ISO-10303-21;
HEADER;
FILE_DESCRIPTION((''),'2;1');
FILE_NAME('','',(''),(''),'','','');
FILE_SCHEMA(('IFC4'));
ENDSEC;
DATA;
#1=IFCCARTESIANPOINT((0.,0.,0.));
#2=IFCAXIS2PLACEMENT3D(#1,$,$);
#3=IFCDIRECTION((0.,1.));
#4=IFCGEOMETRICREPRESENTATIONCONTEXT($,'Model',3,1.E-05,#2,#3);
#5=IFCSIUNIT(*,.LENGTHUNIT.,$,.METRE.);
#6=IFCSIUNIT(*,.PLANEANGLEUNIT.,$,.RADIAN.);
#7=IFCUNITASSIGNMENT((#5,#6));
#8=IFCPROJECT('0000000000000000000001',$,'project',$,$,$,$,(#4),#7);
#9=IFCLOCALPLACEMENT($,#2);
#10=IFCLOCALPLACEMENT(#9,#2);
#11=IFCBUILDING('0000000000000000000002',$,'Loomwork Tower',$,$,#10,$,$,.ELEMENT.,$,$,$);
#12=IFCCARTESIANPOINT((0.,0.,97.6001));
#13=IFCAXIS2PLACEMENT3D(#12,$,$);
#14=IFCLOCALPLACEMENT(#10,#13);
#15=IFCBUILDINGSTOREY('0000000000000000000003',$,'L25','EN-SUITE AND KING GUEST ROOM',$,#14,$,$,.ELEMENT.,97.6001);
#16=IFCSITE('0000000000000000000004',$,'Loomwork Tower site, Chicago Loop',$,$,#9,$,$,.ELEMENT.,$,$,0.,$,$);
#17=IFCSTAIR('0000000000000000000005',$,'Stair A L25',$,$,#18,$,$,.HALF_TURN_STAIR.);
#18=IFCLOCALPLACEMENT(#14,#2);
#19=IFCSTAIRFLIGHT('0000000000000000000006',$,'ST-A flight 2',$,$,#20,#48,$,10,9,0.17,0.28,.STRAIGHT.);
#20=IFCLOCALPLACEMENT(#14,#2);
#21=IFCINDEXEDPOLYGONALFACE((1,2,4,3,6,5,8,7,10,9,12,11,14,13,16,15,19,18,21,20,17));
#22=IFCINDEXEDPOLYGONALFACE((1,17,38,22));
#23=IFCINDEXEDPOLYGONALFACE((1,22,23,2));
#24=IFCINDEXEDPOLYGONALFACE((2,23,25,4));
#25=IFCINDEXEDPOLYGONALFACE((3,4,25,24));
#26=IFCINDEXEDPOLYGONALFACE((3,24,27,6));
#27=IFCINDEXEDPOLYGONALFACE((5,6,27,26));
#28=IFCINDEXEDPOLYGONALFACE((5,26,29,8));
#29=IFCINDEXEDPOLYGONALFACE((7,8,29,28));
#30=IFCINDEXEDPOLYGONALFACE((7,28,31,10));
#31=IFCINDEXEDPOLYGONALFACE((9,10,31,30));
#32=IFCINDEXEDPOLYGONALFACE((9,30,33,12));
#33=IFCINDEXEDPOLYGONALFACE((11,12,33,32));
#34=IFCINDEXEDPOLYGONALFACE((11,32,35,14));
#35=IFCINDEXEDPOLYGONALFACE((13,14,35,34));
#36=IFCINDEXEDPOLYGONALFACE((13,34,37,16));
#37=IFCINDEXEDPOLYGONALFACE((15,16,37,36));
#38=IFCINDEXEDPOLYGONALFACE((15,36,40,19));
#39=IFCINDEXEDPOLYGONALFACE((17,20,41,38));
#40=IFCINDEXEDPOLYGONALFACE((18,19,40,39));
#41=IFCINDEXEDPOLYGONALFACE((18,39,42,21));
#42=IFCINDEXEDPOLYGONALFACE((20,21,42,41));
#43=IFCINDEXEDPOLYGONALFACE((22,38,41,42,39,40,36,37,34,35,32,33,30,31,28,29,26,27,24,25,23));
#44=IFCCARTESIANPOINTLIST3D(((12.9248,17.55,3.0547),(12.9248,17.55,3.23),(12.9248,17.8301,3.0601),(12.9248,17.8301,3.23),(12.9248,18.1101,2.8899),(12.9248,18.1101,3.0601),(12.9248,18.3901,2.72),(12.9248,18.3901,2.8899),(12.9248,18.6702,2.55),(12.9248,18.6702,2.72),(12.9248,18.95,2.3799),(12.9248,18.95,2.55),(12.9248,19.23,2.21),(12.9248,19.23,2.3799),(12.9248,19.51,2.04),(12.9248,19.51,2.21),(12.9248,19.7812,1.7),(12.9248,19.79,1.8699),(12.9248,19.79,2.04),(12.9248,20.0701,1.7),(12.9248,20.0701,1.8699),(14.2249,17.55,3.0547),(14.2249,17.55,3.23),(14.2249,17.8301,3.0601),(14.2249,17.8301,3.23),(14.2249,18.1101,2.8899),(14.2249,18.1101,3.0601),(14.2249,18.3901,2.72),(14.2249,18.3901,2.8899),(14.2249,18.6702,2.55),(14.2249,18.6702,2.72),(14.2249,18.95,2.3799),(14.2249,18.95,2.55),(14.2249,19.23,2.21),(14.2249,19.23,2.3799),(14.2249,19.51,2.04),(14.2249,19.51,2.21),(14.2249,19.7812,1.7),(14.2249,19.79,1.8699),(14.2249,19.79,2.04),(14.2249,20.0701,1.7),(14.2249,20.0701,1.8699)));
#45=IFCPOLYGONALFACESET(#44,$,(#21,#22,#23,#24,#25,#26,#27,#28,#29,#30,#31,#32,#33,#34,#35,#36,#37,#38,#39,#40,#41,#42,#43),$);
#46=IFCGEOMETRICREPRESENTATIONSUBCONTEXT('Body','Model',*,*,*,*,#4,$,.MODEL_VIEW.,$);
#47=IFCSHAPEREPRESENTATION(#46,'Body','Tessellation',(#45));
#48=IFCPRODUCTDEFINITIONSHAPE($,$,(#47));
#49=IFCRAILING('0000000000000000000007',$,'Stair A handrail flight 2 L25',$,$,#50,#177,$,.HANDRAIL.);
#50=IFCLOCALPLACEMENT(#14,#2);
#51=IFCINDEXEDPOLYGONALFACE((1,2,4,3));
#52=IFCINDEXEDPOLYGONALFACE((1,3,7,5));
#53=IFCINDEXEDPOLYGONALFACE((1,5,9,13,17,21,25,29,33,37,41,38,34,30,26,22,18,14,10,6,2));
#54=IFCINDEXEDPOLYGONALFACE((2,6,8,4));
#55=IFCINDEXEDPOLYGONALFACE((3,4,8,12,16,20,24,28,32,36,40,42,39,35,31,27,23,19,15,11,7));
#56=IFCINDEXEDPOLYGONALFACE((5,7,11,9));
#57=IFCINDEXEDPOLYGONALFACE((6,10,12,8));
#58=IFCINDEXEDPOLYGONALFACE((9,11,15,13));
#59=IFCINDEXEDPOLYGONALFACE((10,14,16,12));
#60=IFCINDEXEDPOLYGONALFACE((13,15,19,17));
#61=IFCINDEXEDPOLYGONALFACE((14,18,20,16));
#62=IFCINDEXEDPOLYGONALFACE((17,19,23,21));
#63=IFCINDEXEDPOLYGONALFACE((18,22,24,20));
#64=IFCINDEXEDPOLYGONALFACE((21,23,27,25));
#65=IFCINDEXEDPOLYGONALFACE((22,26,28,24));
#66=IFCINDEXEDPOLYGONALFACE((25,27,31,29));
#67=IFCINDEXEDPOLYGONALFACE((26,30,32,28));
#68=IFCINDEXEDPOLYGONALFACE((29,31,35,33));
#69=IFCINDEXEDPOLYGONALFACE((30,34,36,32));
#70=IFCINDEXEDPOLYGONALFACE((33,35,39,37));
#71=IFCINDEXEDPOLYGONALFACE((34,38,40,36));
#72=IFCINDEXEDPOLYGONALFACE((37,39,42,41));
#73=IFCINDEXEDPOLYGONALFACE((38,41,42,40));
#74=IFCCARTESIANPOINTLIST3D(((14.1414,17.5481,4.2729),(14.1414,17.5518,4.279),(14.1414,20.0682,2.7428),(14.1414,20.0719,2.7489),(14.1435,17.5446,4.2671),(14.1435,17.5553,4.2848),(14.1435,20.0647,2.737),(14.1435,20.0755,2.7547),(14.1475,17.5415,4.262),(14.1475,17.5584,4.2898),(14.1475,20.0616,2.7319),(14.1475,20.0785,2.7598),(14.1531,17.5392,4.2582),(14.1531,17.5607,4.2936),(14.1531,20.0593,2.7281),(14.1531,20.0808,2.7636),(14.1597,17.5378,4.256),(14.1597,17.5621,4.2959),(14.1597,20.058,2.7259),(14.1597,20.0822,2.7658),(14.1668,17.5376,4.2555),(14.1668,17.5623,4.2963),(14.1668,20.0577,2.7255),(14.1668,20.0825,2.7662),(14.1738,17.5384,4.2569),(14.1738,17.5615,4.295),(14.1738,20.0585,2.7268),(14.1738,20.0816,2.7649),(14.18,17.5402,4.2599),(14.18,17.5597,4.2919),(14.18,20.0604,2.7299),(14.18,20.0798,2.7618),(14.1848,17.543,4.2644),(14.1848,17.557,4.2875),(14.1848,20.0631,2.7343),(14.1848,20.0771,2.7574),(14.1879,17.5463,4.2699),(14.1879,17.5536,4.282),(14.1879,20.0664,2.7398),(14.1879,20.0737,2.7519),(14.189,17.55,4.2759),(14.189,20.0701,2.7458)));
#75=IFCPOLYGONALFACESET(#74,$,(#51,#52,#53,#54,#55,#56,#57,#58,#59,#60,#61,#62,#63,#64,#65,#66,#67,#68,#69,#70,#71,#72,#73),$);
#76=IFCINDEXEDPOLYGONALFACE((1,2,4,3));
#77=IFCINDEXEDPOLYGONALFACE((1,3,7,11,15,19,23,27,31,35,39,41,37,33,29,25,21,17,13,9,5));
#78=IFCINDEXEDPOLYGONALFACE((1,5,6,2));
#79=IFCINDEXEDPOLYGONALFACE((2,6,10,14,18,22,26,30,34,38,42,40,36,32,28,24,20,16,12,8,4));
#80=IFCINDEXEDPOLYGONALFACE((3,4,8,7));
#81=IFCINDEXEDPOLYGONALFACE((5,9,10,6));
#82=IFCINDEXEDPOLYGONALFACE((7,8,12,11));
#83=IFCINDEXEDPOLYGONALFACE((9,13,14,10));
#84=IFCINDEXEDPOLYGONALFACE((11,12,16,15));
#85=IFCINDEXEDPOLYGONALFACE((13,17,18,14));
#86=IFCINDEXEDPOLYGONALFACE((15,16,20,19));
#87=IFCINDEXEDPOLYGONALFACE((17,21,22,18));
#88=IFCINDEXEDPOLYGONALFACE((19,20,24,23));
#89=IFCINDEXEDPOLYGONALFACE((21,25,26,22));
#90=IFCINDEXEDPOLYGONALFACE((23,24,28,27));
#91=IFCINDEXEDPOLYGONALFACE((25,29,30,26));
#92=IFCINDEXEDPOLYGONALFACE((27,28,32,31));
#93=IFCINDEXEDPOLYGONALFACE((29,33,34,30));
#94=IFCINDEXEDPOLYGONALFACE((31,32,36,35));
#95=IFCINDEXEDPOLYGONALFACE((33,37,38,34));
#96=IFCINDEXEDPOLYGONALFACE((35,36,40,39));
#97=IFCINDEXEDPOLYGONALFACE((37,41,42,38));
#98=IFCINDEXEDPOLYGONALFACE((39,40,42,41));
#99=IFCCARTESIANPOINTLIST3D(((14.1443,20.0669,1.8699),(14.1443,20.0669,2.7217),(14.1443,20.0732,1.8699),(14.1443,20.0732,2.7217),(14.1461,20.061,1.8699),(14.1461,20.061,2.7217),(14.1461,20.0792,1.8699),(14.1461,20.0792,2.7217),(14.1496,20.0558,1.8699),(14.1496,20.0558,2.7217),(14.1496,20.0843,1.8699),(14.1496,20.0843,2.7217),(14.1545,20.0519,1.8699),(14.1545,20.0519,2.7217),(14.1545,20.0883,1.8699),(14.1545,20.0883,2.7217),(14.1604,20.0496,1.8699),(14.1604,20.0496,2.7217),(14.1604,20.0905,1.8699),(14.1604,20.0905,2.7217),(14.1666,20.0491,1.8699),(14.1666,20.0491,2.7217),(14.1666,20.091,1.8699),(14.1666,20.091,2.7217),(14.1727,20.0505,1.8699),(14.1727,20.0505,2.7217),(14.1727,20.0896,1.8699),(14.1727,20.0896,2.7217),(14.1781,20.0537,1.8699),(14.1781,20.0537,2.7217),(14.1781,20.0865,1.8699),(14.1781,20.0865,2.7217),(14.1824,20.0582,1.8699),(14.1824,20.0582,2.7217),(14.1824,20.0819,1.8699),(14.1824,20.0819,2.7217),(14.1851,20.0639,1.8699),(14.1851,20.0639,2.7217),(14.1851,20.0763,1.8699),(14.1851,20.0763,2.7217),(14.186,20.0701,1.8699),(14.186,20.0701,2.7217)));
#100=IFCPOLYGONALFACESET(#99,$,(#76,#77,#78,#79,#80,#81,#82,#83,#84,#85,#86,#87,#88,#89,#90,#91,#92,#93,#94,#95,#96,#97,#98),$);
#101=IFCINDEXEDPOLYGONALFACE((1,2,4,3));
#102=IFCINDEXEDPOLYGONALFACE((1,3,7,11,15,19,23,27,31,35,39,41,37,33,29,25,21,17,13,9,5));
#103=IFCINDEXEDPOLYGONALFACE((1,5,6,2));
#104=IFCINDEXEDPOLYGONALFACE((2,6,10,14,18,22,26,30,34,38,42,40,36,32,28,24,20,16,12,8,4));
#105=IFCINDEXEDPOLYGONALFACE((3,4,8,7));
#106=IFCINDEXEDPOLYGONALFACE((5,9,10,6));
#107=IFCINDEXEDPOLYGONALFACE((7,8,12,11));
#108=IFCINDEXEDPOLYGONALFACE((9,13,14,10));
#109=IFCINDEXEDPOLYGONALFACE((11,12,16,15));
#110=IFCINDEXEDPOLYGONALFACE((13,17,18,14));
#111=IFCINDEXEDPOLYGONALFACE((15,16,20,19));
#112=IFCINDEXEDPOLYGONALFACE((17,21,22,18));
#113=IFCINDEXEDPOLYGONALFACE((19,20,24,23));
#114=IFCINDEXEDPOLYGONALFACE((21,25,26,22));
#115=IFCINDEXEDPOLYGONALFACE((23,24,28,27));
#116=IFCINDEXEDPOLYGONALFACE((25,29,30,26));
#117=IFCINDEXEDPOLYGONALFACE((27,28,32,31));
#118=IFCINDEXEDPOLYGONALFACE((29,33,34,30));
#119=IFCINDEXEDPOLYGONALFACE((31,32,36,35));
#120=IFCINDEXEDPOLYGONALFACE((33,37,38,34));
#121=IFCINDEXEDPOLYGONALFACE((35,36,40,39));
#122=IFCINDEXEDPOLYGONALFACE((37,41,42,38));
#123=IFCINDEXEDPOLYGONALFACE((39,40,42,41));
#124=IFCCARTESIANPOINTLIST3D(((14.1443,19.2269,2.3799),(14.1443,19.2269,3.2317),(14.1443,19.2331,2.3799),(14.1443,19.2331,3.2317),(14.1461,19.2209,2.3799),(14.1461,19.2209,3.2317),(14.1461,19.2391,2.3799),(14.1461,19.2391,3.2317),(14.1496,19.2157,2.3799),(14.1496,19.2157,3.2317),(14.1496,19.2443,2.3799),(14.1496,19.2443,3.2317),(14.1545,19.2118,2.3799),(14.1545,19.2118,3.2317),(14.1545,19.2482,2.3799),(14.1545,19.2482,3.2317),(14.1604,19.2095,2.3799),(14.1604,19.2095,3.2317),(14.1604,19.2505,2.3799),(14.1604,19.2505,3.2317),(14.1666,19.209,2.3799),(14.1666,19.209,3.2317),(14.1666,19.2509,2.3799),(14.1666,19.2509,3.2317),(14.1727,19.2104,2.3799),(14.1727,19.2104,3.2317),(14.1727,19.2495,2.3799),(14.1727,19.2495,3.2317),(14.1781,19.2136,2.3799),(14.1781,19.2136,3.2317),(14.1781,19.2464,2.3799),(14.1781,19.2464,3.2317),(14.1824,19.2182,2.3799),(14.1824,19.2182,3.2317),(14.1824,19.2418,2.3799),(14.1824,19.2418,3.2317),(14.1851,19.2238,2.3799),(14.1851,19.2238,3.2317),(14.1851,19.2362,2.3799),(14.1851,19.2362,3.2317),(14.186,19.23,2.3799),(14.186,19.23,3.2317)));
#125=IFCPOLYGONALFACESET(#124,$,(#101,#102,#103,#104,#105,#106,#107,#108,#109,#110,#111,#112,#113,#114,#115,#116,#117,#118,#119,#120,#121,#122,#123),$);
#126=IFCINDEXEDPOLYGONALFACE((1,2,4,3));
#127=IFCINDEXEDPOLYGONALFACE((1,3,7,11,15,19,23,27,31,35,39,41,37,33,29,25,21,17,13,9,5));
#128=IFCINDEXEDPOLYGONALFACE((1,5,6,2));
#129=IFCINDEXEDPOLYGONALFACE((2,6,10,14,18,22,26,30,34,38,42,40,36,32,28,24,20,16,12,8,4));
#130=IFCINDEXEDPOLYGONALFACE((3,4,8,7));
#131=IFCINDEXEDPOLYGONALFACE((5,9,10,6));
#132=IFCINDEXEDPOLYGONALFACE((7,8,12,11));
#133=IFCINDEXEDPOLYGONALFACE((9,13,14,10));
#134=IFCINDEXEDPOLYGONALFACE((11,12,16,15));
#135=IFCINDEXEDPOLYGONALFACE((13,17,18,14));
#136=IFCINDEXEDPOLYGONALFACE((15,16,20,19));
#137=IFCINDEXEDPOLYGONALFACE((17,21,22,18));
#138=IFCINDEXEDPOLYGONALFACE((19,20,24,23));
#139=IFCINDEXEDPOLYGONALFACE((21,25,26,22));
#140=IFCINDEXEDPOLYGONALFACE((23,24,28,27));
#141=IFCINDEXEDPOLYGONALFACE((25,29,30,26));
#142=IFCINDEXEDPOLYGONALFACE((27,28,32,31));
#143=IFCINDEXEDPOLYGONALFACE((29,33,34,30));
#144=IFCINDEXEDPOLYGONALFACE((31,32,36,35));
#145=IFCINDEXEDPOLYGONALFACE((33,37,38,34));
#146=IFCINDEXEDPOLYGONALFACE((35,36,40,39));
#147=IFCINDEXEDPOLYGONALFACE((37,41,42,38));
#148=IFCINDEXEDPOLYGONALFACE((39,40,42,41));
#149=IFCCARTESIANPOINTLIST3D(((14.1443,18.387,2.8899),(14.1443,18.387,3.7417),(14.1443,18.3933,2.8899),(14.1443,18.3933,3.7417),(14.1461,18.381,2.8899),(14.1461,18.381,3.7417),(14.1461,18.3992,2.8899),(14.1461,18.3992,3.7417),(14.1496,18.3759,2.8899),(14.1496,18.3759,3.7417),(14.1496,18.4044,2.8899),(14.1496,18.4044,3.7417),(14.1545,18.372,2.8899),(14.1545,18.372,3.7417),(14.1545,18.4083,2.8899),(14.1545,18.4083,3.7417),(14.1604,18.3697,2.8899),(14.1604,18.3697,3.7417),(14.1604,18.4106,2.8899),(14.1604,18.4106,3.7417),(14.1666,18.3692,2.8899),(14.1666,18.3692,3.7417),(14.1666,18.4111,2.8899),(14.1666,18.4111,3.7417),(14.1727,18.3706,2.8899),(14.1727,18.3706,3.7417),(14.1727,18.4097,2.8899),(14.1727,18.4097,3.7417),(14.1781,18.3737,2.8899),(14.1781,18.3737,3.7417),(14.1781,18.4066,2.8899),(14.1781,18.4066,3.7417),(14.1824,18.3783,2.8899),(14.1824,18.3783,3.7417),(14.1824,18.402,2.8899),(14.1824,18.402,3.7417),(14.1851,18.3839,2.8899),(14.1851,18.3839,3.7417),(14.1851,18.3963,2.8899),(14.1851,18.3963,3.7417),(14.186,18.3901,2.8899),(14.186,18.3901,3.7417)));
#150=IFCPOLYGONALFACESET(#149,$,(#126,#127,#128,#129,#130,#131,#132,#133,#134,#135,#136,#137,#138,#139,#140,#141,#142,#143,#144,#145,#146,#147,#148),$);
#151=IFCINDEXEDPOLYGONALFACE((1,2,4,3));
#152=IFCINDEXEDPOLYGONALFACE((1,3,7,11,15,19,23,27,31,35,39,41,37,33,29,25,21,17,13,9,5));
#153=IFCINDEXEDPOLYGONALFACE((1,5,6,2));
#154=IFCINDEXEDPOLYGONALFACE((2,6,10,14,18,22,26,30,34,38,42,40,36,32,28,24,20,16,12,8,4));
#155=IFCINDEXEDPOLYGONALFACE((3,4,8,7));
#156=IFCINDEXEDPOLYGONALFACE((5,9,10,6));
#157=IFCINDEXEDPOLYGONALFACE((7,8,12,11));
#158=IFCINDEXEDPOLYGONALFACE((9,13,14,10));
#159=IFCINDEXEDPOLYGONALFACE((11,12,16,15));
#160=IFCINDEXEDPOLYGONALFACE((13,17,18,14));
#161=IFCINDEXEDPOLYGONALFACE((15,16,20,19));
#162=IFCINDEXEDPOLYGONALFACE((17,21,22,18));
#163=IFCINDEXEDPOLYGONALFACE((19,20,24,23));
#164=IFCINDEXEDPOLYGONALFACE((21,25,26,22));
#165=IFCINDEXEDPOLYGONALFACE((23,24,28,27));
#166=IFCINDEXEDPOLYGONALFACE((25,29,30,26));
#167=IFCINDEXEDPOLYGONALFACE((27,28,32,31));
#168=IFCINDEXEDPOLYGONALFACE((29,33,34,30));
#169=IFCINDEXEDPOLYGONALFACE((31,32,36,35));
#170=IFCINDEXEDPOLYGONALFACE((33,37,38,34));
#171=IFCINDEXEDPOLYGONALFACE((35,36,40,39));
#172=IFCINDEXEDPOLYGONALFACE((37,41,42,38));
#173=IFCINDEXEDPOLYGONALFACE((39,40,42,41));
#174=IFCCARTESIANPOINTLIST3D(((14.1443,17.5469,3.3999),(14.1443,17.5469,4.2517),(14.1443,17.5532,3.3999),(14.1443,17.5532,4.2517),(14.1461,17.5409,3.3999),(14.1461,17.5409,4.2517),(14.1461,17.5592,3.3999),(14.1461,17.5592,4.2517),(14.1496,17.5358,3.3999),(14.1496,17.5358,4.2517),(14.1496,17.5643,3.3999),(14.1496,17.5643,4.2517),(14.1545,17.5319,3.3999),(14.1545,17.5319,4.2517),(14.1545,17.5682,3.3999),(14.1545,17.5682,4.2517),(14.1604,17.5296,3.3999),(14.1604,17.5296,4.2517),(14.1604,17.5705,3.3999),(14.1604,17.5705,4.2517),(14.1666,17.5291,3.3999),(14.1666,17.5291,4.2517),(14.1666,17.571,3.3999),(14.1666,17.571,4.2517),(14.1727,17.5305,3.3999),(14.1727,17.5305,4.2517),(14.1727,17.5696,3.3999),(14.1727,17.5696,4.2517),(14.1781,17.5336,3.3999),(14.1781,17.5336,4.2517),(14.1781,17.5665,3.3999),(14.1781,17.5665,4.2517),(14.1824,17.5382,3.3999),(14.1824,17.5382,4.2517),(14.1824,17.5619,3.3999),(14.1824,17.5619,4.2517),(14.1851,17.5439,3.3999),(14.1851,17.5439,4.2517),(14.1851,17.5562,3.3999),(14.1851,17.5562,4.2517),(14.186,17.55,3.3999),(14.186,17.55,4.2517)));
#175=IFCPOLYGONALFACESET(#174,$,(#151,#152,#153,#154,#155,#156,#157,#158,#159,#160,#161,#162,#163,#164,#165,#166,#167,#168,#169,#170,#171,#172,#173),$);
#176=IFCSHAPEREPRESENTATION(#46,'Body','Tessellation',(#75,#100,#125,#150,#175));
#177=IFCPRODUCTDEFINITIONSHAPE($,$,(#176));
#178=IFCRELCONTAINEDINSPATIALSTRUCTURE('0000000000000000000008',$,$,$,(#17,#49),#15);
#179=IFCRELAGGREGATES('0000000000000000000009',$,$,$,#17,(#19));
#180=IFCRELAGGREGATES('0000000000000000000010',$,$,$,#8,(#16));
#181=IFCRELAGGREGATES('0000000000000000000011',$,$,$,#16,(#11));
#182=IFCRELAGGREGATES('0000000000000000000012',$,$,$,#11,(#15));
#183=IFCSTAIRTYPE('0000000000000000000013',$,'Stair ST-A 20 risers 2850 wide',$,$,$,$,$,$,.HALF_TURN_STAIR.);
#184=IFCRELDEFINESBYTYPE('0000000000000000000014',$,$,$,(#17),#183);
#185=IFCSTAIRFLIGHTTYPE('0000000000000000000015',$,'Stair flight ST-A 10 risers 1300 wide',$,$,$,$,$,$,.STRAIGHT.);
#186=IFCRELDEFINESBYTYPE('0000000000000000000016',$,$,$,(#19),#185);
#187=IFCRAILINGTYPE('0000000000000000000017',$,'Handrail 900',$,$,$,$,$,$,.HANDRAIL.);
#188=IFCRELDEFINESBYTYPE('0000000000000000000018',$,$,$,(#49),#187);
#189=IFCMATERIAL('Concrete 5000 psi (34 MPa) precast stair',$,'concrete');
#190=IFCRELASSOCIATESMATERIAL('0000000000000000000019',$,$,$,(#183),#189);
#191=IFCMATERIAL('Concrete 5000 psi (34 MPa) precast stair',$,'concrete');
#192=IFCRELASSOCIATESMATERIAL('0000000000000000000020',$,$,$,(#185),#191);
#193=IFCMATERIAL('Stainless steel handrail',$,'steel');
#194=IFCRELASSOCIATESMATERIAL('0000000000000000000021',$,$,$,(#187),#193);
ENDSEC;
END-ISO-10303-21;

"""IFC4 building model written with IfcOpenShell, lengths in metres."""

from ifc_helpers import new_model, si_unit, direction, frame, origin, origin_2d, place, context, subcontext, project, spatial, polyline, circle, outline, extrude, material, type_object, element, aggregate, save


model = new_model("IFC4")

# Units and contexts
model_context = context("Model", 3, precision=1e-05, world=origin(), true_north=direction((0.0, 1.0)))
body_context = subcontext(model_context, "Body", "Model", "MODEL_VIEW")
ifc_project = project(units=[si_unit("LENGTHUNIT", "METRE"), si_unit("PLANEANGLEUNIT", "RADIAN")], contexts=[model_context])

# Site, building, storey
site_placement = place(None, origin())
site = spatial("IfcSite", under=ifc_project, at=site_placement, Name="Loomwork Tower site, Chicago Loop", CompositionType="ELEMENT", RefElevation=0.0)
building_placement = place(site_placement, origin())
building = spatial("IfcBuilding", under=site, at=building_placement, Name="Loomwork Tower", CompositionType="ELEMENT")
storey_placement = place(building_placement, frame((0.0, 0.0, 97.6001)))
storey = spatial("IfcBuildingStorey", under=building, at=storey_placement, Name="L25", Description="EN-SUITE AND KING GUEST ROOM", CompositionType="ELEMENT", Elevation=97.6001)

# Stair, stair flight
ifc_material_1 = material(Name="Concrete 5000 psi (34 MPa) precast stair", Category="concrete")
stair_type = type_object("IfcStairType", Name="Stair ST-A 20 risers 2850 wide", PredefinedType="HALF_TURN_STAIR", material=ifc_material_1)
stair_placement = place(storey_placement, origin())
stair = element("IfcStair", 1, at=stair_placement, inside=storey, type_object=stair_type, Name="Stair A L25", PredefinedType="HALF_TURN_STAIR")
ifc_material_2 = material(Name="Concrete 5000 psi (34 MPa) precast stair", Category="concrete")
stair_flight_type = type_object("IfcStairFlightType", Name="Stair flight ST-A 10 risers 1300 wide", PredefinedType="STRAIGHT", material=ifc_material_2)
stair_flight_1_placement = place(storey_placement, frame((13.575, 20.0701, 1.7), z_axis=(0.0, 0.0, 1.0), x_axis=(0.0, -1.0, 0.0)))
stair_flight_1 = element("IfcStairFlight", 2, at=stair_flight_1_placement, type_object=stair_flight_type, Name="ST-A flight 2", NumberOfRisers=10, NumberOfTreads=9, PredefinedType="STRAIGHT", RiserHeight=0.17, TreadLength=0.28, context=body_context, shape_type="SweptSolid", body=[
    extrude(outline(polyline([(0.0, 0.0), (0.0, 0.1699), (0.28, 0.1699), (0.28, 0.3401), (0.5601, 0.3401), (0.5601, 0.51), (0.8401, 0.51), (0.8401, 0.6799), (1.1201, 0.6799), (1.1201, 0.8501), (1.3999, 0.8501), (1.3999, 1.02), (1.6799, 1.02), (1.6799, 1.1899), (1.96, 1.1899), (1.96, 1.3601), (2.24, 1.3601), (2.24, 1.53), (2.52, 1.53), (2.52, 1.7), (2.52, 1.3547), (0.2888, 0.0), (0.0, 0.0)])), frame((0.0, 0.6499, 0.0), z_axis=(0.0, -1.0, 0.0), x_axis=(1.0, 0.0, 0.0)), (0.0, 0.0, 1.0), 1.3),
])
aggregate(stair, [stair_flight_1])

# Railing
ifc_material_3 = material(Name="Stainless steel handrail", Category="steel")
railing_type = type_object("IfcRailingType", Name="Handrail 900", PredefinedType="HANDRAIL", material=ifc_material_3)
railing_placement = place(storey_placement, frame((14.165, 20.0701, 1.8699)))
element("IfcRailing", 3, at=railing_placement, inside=storey, type_object=railing_type, Name="Stair A handrail flight 2 L25", PredefinedType="HANDRAIL", context=body_context, shape_type="SweptSolid", body=[
    extrude(circle(Radius=0.0239, at=origin_2d()), frame((0.0, 0.0, 0.876), z_axis=(0.0, -0.854785, 0.518982), x_axis=(1.0, 0.0, 0.0)), (0.0, 0.0, 1.0), 2.9482),
    extrude(circle(Radius=0.021, at=origin_2d()), origin(), (0.0, 0.0, 1.0), 0.8518),
    extrude(circle(Radius=0.021, at=origin_2d()), frame((0.0, -0.8401, 0.51)), (0.0, 0.0, 1.0), 0.8518),
    extrude(circle(Radius=0.021, at=origin_2d()), frame((0.0, -1.6799, 1.02)), (0.0, 0.0, 1.0), 0.8518),
    extrude(circle(Radius=0.021, at=origin_2d()), frame((0.0, -2.52, 1.53)), (0.0, 0.0, 1.0), 0.8518),
])

save(model, "model.ifc")
